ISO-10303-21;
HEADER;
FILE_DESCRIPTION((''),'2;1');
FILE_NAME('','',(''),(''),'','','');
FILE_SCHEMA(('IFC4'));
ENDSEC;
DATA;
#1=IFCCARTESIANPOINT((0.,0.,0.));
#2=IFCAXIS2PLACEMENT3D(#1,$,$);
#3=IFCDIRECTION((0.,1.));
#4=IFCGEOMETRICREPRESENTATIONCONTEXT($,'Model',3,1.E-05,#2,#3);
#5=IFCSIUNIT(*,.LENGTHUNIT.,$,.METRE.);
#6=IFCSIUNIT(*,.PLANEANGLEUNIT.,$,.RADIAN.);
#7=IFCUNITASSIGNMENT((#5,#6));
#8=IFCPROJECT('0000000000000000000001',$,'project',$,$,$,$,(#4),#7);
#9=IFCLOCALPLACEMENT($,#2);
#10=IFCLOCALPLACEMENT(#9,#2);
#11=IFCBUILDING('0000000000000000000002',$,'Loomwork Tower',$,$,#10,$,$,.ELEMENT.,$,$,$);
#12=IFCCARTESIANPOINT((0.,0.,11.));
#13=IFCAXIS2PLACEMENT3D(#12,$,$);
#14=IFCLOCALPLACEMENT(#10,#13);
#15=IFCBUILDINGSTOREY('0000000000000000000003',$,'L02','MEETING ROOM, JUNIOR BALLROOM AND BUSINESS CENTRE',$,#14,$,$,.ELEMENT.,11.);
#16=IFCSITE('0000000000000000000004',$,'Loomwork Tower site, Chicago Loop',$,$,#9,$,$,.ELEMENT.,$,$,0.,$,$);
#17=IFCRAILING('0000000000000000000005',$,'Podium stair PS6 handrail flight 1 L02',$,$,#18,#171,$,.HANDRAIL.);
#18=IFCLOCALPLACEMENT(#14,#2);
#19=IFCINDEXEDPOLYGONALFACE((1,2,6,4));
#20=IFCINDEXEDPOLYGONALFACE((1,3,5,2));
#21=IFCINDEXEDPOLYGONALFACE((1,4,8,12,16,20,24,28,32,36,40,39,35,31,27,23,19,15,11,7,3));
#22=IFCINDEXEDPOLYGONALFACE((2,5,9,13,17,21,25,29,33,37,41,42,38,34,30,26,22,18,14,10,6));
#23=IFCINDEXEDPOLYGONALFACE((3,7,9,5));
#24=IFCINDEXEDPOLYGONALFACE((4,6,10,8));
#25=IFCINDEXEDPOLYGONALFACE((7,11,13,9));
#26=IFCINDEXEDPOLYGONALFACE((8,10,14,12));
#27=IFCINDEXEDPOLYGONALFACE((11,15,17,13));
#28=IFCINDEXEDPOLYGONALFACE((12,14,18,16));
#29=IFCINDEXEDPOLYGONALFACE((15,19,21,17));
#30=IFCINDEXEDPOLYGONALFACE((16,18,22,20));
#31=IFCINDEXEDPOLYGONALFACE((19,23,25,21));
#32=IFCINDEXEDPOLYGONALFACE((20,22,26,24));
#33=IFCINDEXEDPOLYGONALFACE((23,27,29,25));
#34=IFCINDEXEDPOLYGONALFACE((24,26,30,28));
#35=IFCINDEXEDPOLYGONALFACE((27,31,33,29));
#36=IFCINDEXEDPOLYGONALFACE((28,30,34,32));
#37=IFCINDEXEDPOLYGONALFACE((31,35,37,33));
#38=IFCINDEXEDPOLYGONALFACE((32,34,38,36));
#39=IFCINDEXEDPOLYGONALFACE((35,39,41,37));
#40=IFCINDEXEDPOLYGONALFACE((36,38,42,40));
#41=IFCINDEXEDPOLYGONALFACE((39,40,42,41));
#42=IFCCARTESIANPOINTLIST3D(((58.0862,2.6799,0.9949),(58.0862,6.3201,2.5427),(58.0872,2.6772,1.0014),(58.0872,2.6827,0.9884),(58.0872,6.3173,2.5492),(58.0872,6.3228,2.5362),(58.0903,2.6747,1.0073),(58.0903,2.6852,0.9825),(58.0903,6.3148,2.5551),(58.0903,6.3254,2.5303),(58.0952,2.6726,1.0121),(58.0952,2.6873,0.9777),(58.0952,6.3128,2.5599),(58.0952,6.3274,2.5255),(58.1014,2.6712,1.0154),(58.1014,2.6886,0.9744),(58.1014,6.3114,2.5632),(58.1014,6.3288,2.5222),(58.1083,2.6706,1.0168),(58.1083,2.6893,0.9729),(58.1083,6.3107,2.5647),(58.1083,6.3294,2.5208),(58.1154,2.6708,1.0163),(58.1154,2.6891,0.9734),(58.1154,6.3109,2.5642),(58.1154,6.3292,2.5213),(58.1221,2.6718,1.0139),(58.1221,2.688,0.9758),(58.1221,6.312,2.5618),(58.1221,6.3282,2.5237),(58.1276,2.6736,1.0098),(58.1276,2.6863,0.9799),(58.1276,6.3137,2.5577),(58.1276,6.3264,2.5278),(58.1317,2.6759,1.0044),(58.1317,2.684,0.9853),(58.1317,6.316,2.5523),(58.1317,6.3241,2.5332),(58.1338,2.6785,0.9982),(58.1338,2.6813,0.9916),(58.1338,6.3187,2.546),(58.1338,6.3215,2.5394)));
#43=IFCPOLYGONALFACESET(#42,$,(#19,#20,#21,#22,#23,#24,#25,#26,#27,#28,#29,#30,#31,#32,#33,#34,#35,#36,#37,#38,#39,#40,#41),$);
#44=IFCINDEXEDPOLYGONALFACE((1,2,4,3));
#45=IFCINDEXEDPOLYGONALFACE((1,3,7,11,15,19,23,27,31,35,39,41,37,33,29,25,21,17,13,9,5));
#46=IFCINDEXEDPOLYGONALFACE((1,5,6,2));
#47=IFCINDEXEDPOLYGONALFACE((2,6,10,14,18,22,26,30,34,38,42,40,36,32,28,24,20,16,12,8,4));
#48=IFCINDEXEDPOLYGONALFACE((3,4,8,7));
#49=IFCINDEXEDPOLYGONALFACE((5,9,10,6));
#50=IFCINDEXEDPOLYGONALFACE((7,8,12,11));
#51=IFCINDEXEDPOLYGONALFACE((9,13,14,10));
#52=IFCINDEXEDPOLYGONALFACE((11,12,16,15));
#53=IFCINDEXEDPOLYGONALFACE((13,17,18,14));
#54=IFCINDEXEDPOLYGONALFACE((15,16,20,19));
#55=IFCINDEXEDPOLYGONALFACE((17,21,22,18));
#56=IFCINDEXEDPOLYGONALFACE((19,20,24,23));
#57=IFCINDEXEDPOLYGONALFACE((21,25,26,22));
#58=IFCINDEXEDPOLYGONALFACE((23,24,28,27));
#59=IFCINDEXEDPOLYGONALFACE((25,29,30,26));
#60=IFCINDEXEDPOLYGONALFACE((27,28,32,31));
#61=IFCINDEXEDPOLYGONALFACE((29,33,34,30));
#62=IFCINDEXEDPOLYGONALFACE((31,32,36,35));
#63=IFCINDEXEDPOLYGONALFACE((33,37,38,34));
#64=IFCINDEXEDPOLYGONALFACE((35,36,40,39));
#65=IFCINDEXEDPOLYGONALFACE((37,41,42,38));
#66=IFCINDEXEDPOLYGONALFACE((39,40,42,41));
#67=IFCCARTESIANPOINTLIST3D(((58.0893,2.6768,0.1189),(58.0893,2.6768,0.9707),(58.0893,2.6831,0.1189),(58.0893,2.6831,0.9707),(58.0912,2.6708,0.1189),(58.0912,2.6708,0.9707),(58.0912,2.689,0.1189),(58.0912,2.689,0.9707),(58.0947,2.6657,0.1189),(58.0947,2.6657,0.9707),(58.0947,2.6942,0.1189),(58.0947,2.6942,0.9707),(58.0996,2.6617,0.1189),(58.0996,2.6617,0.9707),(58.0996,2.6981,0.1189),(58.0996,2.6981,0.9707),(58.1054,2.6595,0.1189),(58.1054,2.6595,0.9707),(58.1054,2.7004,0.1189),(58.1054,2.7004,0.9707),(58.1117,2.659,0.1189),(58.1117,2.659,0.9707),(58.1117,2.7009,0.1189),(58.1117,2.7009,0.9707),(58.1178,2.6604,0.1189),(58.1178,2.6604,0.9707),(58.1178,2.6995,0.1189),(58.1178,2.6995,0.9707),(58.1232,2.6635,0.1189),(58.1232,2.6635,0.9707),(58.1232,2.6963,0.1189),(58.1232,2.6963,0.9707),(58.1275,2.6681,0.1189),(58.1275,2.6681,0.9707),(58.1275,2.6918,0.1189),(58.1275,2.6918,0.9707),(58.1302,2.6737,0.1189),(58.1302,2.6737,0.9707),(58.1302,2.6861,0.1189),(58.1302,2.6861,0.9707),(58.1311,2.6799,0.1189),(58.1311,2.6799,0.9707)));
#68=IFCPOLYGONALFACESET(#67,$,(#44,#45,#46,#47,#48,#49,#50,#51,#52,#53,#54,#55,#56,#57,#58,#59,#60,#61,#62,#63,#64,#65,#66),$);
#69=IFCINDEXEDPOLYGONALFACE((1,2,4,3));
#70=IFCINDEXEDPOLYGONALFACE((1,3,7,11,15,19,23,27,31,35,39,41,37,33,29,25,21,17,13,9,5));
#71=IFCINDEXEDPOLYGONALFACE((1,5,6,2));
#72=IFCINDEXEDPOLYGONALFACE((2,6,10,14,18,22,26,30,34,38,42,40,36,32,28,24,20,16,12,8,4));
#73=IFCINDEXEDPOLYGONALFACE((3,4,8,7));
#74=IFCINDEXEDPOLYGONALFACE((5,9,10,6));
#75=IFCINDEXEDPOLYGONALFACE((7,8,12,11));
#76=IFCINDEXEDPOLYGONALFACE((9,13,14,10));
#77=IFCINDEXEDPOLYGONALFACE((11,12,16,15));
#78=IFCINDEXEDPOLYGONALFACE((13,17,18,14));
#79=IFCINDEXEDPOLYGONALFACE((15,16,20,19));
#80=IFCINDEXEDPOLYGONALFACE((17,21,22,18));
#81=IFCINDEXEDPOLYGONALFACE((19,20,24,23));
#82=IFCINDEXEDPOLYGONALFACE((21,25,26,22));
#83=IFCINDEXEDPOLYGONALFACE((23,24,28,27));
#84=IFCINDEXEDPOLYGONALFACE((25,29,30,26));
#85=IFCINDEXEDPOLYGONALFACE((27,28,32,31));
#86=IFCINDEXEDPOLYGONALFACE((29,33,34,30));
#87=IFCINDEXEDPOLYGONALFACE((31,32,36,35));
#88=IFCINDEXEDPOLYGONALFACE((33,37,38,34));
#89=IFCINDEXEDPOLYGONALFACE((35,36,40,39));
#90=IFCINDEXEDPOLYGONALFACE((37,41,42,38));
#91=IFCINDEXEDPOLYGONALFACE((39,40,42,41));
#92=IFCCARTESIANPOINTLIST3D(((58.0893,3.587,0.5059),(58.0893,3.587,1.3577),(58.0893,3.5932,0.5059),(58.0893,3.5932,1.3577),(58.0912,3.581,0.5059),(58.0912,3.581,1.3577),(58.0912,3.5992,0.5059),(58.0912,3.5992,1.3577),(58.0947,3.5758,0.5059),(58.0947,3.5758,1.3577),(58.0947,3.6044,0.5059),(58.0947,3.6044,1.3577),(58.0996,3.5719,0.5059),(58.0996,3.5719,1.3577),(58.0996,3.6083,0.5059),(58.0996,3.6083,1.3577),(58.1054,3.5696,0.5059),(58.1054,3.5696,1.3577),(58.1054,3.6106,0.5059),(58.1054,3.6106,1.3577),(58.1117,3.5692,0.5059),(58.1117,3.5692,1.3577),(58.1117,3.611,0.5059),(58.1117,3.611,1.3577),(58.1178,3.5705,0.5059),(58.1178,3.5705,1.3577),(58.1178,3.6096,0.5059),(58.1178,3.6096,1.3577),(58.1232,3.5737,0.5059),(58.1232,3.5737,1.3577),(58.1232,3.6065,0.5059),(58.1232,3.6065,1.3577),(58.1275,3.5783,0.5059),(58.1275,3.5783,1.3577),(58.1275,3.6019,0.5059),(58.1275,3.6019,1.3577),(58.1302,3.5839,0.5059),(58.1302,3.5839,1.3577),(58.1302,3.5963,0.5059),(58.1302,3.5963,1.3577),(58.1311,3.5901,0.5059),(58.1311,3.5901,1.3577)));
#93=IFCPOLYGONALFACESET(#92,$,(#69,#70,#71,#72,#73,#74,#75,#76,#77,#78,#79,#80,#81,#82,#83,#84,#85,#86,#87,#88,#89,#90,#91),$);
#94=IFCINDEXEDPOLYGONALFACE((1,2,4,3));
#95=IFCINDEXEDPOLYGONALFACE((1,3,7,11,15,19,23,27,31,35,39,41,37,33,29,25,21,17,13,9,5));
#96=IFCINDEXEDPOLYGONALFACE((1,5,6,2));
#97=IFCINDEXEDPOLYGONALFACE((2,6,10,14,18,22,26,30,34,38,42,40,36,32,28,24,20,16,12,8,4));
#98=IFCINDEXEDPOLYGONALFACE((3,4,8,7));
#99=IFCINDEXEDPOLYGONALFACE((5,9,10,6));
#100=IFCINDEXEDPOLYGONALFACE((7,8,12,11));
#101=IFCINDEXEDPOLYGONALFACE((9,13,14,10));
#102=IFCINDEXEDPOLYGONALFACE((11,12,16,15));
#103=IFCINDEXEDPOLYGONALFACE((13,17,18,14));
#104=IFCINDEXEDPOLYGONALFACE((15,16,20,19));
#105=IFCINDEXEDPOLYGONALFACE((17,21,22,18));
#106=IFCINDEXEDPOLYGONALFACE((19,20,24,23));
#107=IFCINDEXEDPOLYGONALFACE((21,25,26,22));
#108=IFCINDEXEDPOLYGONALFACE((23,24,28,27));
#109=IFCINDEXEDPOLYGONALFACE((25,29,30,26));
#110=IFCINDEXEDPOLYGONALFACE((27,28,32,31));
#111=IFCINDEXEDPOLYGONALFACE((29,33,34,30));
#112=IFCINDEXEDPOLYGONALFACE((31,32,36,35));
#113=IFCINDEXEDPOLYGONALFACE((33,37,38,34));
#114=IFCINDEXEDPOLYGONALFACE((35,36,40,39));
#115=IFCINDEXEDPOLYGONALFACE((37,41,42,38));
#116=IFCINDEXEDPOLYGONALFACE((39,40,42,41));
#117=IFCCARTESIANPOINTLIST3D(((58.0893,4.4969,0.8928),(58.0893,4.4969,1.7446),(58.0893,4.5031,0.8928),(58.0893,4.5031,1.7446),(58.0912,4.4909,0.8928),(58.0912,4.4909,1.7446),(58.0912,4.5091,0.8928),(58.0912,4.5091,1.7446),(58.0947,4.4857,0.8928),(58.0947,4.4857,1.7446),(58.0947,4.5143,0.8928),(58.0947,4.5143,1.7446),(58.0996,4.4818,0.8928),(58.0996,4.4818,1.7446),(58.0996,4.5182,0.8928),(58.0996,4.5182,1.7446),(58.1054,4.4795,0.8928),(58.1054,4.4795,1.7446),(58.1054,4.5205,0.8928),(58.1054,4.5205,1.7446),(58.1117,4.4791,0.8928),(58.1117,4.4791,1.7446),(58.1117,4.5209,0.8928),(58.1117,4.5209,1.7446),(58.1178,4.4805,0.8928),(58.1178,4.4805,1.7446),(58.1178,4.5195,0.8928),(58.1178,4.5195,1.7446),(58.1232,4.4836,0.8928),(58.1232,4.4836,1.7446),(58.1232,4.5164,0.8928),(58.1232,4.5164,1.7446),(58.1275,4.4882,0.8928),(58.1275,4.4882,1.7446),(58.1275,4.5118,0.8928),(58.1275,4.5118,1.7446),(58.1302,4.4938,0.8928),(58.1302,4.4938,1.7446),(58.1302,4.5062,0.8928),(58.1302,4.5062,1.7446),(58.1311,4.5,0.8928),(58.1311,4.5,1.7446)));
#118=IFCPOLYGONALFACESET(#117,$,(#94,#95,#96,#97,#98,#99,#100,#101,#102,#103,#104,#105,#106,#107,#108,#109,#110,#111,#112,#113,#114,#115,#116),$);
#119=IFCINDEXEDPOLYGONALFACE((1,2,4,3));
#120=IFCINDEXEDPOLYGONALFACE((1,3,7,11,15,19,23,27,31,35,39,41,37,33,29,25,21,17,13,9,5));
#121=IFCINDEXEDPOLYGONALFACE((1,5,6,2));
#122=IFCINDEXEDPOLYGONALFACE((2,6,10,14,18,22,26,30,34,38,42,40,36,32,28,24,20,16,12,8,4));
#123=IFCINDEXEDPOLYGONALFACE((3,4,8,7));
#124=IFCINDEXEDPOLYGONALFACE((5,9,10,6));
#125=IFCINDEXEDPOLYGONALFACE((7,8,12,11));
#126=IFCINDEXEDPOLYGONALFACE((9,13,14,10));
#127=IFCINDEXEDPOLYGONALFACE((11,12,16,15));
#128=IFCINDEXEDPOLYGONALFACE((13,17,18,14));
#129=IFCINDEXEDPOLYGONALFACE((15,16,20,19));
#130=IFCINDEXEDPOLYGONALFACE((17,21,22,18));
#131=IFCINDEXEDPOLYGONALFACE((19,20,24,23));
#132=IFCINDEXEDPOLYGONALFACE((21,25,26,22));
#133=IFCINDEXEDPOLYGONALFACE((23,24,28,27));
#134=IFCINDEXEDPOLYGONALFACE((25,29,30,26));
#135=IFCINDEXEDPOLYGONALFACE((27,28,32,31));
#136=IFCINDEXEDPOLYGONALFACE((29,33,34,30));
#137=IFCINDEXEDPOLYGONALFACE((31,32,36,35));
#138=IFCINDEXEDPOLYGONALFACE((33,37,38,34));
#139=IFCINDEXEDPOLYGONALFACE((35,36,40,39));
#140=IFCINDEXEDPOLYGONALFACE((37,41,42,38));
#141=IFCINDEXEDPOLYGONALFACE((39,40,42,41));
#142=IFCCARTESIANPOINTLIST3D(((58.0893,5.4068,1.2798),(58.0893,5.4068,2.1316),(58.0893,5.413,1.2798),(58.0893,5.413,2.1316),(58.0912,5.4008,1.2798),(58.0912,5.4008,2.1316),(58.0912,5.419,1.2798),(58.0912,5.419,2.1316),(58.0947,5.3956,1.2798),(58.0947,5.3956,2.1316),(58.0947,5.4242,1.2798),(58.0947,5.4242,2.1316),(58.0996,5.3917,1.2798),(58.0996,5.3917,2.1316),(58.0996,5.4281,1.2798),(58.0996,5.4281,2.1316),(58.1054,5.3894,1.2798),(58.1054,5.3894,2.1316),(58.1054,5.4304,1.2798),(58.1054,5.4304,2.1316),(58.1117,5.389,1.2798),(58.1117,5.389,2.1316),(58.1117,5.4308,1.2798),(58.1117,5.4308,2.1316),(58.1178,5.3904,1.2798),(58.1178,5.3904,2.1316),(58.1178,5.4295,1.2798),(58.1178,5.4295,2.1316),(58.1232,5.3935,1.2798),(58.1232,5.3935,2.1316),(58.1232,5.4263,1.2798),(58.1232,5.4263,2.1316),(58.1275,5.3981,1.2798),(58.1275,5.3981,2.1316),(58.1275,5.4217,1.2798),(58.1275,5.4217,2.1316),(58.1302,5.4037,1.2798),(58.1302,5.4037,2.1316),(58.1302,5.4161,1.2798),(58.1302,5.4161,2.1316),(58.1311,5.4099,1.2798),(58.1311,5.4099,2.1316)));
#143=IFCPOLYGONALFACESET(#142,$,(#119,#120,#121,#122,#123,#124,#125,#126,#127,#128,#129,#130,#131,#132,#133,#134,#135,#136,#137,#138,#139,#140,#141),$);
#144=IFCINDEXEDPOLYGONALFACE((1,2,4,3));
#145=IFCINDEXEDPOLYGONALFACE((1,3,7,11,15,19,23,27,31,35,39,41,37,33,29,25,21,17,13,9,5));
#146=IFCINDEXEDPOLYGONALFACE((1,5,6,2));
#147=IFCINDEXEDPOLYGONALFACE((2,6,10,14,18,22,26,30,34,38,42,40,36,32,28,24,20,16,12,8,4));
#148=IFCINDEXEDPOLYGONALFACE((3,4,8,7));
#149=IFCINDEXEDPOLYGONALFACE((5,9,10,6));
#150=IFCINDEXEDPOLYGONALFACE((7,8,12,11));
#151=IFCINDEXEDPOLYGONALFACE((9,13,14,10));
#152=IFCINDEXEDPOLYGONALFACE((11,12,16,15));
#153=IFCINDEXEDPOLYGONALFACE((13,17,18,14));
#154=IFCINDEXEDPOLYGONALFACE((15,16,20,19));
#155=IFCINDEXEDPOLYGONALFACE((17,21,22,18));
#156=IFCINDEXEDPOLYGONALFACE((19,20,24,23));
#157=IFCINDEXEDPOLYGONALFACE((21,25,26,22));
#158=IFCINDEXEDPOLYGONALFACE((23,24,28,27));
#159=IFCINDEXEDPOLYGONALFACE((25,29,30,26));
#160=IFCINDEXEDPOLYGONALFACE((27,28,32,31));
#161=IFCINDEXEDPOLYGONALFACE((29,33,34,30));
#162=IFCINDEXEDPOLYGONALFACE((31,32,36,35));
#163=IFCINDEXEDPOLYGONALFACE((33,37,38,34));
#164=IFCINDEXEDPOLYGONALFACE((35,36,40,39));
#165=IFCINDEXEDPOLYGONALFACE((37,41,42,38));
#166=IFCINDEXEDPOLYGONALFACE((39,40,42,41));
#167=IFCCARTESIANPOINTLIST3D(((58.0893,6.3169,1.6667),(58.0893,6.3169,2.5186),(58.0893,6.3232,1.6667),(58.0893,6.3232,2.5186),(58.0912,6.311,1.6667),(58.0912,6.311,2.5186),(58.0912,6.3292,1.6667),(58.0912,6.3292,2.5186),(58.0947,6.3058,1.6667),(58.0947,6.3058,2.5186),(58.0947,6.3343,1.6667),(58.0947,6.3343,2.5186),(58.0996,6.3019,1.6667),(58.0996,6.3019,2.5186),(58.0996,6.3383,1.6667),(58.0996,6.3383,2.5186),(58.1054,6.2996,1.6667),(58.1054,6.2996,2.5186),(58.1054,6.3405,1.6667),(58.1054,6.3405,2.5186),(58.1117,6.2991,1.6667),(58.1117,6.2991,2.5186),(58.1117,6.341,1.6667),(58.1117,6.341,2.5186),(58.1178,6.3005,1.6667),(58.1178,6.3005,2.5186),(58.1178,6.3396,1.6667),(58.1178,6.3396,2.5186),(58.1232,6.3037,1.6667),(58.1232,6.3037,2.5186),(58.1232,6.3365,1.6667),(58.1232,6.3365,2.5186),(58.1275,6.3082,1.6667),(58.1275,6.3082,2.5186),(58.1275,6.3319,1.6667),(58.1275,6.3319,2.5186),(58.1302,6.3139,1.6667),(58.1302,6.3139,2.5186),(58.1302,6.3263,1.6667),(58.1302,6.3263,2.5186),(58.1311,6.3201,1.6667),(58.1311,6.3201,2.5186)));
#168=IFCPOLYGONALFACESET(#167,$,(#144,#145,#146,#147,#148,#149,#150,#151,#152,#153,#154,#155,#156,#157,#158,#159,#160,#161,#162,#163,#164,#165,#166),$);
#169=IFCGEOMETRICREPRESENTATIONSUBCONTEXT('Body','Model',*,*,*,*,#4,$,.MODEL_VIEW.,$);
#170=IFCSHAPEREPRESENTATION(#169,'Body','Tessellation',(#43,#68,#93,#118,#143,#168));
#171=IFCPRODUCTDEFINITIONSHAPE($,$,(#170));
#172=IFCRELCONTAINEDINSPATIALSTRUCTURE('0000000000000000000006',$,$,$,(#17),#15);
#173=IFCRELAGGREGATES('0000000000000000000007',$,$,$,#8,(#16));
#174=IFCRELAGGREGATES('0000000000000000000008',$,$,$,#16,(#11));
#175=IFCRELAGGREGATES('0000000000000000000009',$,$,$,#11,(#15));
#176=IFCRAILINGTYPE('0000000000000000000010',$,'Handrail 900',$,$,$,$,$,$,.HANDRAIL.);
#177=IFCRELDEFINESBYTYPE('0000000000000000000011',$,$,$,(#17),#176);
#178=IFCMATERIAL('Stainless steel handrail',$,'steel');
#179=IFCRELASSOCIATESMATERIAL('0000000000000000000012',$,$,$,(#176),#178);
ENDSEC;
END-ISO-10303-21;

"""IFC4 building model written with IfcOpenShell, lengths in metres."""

from ifc_helpers import new_model, si_unit, direction, frame, origin, origin_2d, place, context, subcontext, project, spatial, circle, extrude, material, type_object, element, save


model = new_model("IFC4")

# Units and contexts
model_context = context("Model", 3, precision=1e-05, world=origin(), true_north=direction((0.0, 1.0)))
body_context = subcontext(model_context, "Body", "Model", "MODEL_VIEW")
ifc_project = project(units=[si_unit("LENGTHUNIT", "METRE"), si_unit("PLANEANGLEUNIT", "RADIAN")], contexts=[model_context])

# Site, building, storey
site_placement = place(None, origin())
site = spatial("IfcSite", under=ifc_project, at=site_placement, Name="Loomwork Tower site, Chicago Loop", CompositionType="ELEMENT", RefElevation=0.0)
building_placement = place(site_placement, origin())
building = spatial("IfcBuilding", under=site, at=building_placement, Name="Loomwork Tower", CompositionType="ELEMENT")
storey_placement = place(building_placement, frame((0.0, 0.0, 11.0)))
storey = spatial("IfcBuildingStorey", under=building, at=storey_placement, Name="L02", Description="MEETING ROOM, JUNIOR BALLROOM AND BUSINESS CENTRE", CompositionType="ELEMENT", Elevation=11.0)

# Railing
ifc_material_1 = material(Name="Stainless steel handrail", Category="steel")
railing_type = type_object("IfcRailingType", Name="Handrail 900", PredefinedType="HANDRAIL", material=ifc_material_1)
railing_1_placement = place(storey_placement, frame((58.1101, 2.6799, 0.1189)))
element("IfcRailing", 1, at=railing_1_placement, inside=storey, type_object=railing_type, Name="Podium stair PS6 handrail flight 1 L02", PredefinedType="HANDRAIL", context=body_context, shape_type="SweptSolid", body=[
    extrude(circle(Radius=0.0239, at=origin_2d()), frame((0.0, 0.0, 0.876), z_axis=(0.0, 0.920259, 0.391311), x_axis=(-1.0, 0.0, 0.0)), (0.0, 0.0, 1.0), 3.9556),
    extrude(circle(Radius=0.021, at=origin_2d()), origin(), (0.0, 0.0, 1.0), 0.8518),
    extrude(circle(Radius=0.021, at=origin_2d()), frame((0.0, 0.9102, 0.387)), (0.0, 0.0, 1.0), 0.8518),
    extrude(circle(Radius=0.021, at=origin_2d()), frame((0.0, 1.8201, 0.7739)), (0.0, 0.0, 1.0), 0.8518),
    extrude(circle(Radius=0.021, at=origin_2d()), frame((0.0, 2.73, 1.1609)), (0.0, 0.0, 1.0), 0.8518),
    extrude(circle(Radius=0.021, at=origin_2d()), frame((0.0, 3.6401, 1.5479)), (0.0, 0.0, 1.0), 0.8518),
])

save(model, "model.ifc")
